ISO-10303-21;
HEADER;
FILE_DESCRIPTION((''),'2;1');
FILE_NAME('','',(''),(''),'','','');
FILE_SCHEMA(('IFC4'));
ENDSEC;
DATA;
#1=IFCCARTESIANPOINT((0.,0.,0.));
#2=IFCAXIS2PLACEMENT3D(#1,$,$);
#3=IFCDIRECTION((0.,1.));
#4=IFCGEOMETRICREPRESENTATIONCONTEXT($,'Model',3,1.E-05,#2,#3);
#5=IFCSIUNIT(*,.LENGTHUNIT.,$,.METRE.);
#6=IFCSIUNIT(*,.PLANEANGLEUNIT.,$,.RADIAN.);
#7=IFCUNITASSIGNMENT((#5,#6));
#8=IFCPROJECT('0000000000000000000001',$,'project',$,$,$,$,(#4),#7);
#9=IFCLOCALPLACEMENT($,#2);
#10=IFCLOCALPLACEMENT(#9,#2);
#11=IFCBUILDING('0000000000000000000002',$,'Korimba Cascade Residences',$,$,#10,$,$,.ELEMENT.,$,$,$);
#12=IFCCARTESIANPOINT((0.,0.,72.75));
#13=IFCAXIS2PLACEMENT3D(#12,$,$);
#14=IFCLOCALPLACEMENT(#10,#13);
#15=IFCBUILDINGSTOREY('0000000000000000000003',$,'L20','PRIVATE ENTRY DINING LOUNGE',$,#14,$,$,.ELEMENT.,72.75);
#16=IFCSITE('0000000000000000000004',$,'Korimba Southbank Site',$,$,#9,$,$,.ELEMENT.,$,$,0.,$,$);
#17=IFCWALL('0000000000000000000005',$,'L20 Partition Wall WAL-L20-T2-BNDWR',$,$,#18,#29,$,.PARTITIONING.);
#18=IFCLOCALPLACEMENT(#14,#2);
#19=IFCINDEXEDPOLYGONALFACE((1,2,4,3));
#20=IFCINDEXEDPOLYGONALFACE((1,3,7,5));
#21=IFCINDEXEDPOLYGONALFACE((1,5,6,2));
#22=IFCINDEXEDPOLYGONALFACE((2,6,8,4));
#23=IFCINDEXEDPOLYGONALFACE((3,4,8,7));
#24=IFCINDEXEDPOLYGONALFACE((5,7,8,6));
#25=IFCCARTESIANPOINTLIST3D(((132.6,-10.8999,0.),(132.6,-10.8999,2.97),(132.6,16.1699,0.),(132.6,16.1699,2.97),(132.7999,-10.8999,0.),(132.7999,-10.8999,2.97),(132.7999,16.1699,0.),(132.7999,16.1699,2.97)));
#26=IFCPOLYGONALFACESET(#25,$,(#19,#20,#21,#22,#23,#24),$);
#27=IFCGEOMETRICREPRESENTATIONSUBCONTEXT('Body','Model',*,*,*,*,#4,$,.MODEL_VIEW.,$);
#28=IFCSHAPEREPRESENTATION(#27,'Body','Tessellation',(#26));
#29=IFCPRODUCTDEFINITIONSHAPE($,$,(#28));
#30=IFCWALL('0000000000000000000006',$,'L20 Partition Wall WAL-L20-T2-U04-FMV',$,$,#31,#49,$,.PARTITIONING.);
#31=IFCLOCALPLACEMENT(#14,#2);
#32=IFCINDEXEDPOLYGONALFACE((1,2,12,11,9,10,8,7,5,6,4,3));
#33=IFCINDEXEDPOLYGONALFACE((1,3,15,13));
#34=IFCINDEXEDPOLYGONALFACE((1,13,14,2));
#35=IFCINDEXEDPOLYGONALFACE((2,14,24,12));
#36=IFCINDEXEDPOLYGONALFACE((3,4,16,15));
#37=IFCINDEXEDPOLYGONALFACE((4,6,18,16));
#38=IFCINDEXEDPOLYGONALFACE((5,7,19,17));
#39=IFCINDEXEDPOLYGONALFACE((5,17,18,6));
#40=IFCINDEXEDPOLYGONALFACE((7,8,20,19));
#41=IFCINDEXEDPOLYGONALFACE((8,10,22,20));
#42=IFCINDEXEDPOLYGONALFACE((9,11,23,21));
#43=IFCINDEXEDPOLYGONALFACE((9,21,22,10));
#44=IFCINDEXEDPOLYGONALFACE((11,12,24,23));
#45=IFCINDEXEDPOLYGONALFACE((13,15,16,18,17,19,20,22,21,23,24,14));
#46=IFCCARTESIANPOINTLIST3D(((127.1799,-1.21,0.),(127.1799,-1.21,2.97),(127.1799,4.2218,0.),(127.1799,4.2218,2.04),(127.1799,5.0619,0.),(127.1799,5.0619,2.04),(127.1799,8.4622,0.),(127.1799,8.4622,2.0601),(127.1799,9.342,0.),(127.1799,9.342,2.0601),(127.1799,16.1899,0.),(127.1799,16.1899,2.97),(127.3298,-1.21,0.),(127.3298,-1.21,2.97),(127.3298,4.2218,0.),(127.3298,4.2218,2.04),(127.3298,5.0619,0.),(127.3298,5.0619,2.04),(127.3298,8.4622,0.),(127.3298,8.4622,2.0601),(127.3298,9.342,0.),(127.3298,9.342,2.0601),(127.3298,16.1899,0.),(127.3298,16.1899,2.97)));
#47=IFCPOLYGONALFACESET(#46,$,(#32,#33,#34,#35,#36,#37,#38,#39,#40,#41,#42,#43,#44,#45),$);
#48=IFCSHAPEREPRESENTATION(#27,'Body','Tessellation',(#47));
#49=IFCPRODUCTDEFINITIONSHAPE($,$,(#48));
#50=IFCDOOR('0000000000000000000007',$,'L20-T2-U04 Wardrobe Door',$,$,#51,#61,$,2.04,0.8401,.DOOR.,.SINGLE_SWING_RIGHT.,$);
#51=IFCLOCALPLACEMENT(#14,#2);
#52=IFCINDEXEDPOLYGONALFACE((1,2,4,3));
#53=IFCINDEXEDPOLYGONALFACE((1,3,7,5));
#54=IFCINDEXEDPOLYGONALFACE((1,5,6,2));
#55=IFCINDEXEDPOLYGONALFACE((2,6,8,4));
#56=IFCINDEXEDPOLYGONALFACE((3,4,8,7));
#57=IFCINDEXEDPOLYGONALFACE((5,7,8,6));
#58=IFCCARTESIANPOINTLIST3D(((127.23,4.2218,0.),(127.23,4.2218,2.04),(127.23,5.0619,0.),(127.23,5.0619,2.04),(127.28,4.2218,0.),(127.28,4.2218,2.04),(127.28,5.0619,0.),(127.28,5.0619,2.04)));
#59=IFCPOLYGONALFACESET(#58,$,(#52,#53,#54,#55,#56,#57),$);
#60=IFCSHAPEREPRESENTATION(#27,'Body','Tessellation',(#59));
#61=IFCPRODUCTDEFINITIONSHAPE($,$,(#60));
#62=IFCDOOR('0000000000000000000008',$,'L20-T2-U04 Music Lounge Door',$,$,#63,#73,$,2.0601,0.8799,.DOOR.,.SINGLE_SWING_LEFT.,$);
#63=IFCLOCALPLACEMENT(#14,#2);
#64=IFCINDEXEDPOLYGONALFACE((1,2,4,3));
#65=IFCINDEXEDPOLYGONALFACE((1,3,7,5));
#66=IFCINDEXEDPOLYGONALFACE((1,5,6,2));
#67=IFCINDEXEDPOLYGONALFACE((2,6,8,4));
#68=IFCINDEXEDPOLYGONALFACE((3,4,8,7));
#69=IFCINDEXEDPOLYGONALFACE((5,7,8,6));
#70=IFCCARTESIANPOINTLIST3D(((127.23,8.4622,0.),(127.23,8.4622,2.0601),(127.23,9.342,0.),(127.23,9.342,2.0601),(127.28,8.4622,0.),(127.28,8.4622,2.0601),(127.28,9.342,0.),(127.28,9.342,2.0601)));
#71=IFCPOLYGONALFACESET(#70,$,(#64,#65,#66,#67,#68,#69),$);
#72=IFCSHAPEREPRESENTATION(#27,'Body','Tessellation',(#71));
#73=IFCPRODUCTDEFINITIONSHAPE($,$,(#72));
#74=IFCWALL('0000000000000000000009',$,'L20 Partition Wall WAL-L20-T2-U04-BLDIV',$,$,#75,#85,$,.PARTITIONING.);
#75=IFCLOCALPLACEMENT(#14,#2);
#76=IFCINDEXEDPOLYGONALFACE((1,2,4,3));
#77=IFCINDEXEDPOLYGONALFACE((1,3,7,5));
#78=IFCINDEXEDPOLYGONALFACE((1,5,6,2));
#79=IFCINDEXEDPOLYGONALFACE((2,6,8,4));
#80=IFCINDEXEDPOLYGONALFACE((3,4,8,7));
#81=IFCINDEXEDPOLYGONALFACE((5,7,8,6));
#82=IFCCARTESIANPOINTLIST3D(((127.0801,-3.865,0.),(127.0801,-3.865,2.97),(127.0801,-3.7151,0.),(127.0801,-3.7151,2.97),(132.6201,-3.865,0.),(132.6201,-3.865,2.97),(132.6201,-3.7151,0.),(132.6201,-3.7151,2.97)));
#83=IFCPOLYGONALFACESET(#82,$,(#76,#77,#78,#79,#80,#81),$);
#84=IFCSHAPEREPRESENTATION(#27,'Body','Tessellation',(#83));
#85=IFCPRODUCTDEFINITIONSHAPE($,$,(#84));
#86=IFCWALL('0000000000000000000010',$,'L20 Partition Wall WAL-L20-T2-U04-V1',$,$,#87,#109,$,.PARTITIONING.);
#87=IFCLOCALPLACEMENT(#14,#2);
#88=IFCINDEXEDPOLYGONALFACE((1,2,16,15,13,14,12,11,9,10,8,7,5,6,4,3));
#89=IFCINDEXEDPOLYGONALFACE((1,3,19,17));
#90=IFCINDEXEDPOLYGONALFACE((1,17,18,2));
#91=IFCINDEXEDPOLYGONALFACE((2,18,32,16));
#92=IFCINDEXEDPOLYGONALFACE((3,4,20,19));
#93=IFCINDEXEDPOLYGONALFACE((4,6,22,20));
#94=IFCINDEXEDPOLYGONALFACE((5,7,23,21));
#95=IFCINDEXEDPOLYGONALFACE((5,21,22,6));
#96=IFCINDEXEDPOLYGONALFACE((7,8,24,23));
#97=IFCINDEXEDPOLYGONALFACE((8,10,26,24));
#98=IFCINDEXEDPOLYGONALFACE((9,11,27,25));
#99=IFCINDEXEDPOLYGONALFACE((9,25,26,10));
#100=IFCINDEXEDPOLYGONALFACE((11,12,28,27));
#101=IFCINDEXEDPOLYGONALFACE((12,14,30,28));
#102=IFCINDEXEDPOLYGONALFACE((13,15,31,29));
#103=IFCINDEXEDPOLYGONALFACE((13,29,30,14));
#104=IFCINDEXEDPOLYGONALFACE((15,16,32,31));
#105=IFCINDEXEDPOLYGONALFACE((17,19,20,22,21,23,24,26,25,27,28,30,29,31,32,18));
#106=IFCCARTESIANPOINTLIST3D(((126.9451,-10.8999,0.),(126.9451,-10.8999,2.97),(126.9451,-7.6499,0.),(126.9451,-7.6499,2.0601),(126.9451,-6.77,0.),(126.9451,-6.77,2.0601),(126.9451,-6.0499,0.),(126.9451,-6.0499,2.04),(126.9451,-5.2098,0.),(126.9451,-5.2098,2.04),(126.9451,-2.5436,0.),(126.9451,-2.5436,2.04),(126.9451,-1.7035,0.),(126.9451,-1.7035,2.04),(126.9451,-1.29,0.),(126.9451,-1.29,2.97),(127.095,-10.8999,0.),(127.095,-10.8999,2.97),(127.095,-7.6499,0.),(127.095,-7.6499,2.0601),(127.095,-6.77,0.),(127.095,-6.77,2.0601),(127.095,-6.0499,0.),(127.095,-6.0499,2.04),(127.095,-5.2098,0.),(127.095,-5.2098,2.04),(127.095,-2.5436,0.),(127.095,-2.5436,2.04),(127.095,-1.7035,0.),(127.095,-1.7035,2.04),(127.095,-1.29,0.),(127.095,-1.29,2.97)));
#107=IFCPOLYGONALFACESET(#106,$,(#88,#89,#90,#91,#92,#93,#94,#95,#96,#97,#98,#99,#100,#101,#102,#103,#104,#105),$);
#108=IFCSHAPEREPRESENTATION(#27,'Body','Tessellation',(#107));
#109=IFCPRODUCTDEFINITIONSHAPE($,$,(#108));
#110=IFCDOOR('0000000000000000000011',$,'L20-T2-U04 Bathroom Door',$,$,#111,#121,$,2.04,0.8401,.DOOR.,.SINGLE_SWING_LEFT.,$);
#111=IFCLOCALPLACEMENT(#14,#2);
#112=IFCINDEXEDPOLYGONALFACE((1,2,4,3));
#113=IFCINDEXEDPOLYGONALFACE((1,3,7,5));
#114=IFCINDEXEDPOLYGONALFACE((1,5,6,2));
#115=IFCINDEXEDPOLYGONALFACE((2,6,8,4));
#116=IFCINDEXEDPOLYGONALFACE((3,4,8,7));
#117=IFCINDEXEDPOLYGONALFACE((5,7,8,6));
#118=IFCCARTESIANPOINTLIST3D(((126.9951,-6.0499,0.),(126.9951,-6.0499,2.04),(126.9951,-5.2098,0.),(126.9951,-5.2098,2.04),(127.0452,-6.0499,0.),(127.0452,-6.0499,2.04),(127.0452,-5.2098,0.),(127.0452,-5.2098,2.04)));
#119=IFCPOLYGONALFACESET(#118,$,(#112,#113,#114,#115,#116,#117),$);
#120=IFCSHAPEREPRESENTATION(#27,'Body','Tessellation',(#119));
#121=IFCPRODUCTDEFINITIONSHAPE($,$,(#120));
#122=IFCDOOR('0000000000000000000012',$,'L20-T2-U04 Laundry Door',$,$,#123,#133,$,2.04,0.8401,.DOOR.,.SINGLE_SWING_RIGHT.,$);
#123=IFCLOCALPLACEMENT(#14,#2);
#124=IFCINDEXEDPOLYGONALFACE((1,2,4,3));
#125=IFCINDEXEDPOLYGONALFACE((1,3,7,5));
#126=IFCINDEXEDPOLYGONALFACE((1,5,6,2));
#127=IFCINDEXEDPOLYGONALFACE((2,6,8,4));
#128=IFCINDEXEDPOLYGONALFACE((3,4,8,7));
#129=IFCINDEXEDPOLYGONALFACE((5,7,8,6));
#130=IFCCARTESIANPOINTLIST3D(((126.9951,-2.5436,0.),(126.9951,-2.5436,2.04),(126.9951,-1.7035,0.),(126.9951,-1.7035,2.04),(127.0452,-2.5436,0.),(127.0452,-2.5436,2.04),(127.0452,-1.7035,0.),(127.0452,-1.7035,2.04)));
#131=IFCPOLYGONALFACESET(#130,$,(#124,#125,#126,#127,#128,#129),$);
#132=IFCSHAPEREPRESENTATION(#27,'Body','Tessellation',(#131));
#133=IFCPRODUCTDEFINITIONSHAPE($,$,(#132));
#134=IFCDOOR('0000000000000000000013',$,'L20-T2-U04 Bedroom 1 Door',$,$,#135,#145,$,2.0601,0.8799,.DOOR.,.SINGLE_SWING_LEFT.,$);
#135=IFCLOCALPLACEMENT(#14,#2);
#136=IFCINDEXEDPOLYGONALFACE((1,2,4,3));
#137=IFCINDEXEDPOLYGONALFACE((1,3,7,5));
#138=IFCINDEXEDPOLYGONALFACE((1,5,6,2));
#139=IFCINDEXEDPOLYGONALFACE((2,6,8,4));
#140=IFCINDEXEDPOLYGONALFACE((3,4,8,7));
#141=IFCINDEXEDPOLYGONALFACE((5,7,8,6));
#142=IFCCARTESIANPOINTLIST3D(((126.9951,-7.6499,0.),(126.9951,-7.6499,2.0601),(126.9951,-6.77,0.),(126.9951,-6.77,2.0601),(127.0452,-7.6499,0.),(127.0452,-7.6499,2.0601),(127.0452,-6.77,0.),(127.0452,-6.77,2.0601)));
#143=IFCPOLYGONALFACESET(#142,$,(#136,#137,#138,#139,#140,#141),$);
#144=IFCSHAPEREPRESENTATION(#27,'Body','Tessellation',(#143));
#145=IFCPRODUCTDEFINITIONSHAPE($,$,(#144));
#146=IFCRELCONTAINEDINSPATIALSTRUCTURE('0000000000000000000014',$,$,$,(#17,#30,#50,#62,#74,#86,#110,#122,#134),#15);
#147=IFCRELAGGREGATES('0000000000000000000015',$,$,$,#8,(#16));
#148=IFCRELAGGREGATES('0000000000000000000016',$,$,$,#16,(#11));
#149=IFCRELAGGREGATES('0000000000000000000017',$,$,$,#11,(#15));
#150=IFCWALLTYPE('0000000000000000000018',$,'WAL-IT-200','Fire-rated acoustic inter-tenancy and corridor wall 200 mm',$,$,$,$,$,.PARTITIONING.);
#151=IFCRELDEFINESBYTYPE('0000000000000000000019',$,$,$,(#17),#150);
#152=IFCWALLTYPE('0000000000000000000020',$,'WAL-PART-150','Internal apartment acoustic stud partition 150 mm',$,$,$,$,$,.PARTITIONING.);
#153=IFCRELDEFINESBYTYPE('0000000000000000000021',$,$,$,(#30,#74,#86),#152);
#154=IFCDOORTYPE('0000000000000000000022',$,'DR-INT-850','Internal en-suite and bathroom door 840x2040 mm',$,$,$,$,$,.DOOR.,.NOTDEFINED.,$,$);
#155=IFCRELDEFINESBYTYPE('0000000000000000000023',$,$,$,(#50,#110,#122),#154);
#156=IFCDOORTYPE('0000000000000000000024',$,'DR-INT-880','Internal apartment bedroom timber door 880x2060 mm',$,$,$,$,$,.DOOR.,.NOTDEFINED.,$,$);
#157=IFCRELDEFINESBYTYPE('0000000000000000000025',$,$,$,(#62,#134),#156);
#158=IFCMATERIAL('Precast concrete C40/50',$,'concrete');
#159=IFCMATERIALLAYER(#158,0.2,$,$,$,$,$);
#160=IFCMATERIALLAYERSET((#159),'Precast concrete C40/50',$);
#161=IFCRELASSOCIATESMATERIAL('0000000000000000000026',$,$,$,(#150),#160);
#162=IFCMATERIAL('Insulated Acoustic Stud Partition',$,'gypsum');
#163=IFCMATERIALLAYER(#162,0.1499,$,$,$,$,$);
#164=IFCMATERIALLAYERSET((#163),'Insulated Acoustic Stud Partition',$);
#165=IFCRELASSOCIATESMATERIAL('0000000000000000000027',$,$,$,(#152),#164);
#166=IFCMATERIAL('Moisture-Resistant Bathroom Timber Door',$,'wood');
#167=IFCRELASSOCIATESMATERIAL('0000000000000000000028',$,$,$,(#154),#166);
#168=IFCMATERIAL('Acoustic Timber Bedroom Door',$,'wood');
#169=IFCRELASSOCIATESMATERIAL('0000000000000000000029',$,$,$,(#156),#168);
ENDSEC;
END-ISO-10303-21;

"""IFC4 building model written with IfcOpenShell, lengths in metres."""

from ifc_helpers import new_model, si_unit, direction, frame, frame_2d, origin, place, context, subcontext, project, spatial, rectangle, extrude, material, layer, layer_set, type_object, element, fill, save


model = new_model("IFC4")

# Units and contexts
model_context = context("Model", 3, precision=1e-05, world=origin(), true_north=direction((0.0, 1.0)))
body_context = subcontext(model_context, "Body", "Model", "MODEL_VIEW")
ifc_project = project(units=[si_unit("LENGTHUNIT", "METRE"), si_unit("PLANEANGLEUNIT", "RADIAN")], contexts=[model_context])

# Site, building, storey
site_placement = place(None, origin())
site = spatial("IfcSite", under=ifc_project, at=site_placement, Name="Korimba Southbank Site", CompositionType="ELEMENT", RefElevation=0.0)
building_placement = place(site_placement, origin())
building = spatial("IfcBuilding", under=site, at=building_placement, Name="Korimba Cascade Residences", CompositionType="ELEMENT")
storey_placement = place(building_placement, frame((0.0, 0.0, 72.75)))
storey = spatial("IfcBuildingStorey", under=building, at=storey_placement, Name="L20", Description="PRIVATE ENTRY DINING LOUNGE", CompositionType="ELEMENT", Elevation=72.75)

# Shared definitions
ifc_material_1 = material(Name="Precast concrete C40/50", Category="concrete")

# Wall
ifc_layer_1 = layer(ifc_material_1, 0.2)
ifc_layer_set_1 = layer_set([ifc_layer_1], Name="Precast concrete C40/50")
wall_type_1 = type_object("IfcWallType", Name="WAL-IT-200", Description="Fire-rated acoustic inter-tenancy and corridor wall 200 mm", PredefinedType="PARTITIONING", material=ifc_layer_set_1)
wall_1_placement = place(storey_placement, frame((132.7, -10.8999, 0.0), z_axis=(0.0, 0.0, 1.0), x_axis=(0.0, 1.0, 0.0)))
element("IfcWall", 1, at=wall_1_placement, inside=storey, type_object=wall_type_1, Name="L20 Partition Wall WAL-L20-T2-BNDWR", PredefinedType="PARTITIONING", context=body_context, shape_type="SweptSolid", body=[
    extrude(rectangle(XDim=27.0698, YDim=0.2, at=frame_2d((13.5349, 0.0))), origin(), (0.0, 0.0, 1.0), 2.97),
])

# Wall, openings, doors
ifc_material_2 = material(Name="Insulated Acoustic Stud Partition", Category="gypsum")
ifc_layer_2 = layer(ifc_material_2, 0.1499)
ifc_layer_set_2 = layer_set([ifc_layer_2], Name="Insulated Acoustic Stud Partition")
wall_type_2 = type_object("IfcWallType", Name="WAL-PART-150", Description="Internal apartment acoustic stud partition 150 mm", PredefinedType="PARTITIONING", material=ifc_layer_set_2)
wall_2_placement = place(storey_placement, frame((127.2549, -1.21, 0.0), z_axis=(0.0, 0.0, 1.0), x_axis=(0.0, 1.0, 0.0)))
wall_2 = element("IfcWall", 2, at=wall_2_placement, inside=storey, type_object=wall_type_2, Name="L20 Partition Wall WAL-L20-T2-U04-FMV", PredefinedType="PARTITIONING", context=body_context, shape_type="SweptSolid", body=[
    extrude(rectangle(XDim=17.3999, YDim=0.1499, at=frame_2d((8.7, 0.0))), origin(), (0.0, 0.0, 1.0), 2.97),
])
opening_1_placement = place(wall_2_placement, frame((5.4319, 0.0, 0.0)))
opening_1 = element("IfcOpeningElement", 3, at=opening_1_placement, cuts=wall_2, PredefinedType="OPENING", context=body_context, shape_type="SweptSolid", body=[
    extrude(rectangle(XDim=0.8401, YDim=2.04, at=frame_2d((0.4199, 1.02))), frame((0.0, 0.085, 0.0), z_axis=(0.0, -1.0, 0.0), x_axis=(1.0, 0.0, 0.0)), (0.0, 0.0, 1.0), 0.1699),
])
opening_2_placement = place(wall_2_placement, frame((9.6721, 0.0, 0.0)))
opening_2 = element("IfcOpeningElement", 4, at=opening_2_placement, cuts=wall_2, PredefinedType="OPENING", context=body_context, shape_type="SweptSolid", body=[
    extrude(rectangle(XDim=0.8799, YDim=2.0601, at=frame_2d((0.4399, 1.03))), frame((0.0, 0.085, 0.0), z_axis=(0.0, -1.0, 0.0), x_axis=(1.0, 0.0, 0.0)), (0.0, 0.0, 1.0), 0.1699),
])
ifc_material_3 = material(Name="Moisture-Resistant Bathroom Timber Door", Category="wood")
door_type_1 = type_object("IfcDoorType", Name="DR-INT-850", Description="Internal en-suite and bathroom door 840x2040 mm", OperationType="NOTDEFINED", PredefinedType="DOOR", material=ifc_material_3)
door_1_placement = place(opening_1_placement, origin())
door_1 = element("IfcDoor", 5, at=door_1_placement, inside=storey, type_object=door_type_1, Name="L20-T2-U04 Wardrobe Door", OperationType="SINGLE_SWING_RIGHT", OverallHeight=2.04, OverallWidth=0.8401, PredefinedType="DOOR", context=body_context, shape_type="SweptSolid", body=[
    extrude(rectangle(XDim=0.8401, YDim=2.04, at=frame_2d((0.4199, 1.02))), frame((0.0, 0.0249, 0.0), z_axis=(0.0, -1.0, 0.0), x_axis=(1.0, 0.0, 0.0)), (0.0, 0.0, 1.0), 0.05),
])
fill(opening_1, door_1)
ifc_material_4 = material(Name="Acoustic Timber Bedroom Door", Category="wood")
door_type_2 = type_object("IfcDoorType", Name="DR-INT-880", Description="Internal apartment bedroom timber door 880x2060 mm", OperationType="NOTDEFINED", PredefinedType="DOOR", material=ifc_material_4)
door_2_placement = place(opening_2_placement, origin())
door_2 = element("IfcDoor", 6, at=door_2_placement, inside=storey, type_object=door_type_2, Name="L20-T2-U04 Music Lounge Door", OperationType="SINGLE_SWING_LEFT", OverallHeight=2.0601, OverallWidth=0.8799, PredefinedType="DOOR", context=body_context, shape_type="SweptSolid", body=[
    extrude(rectangle(XDim=0.8799, YDim=2.0601, at=frame_2d((0.4399, 1.03))), frame((0.0, 0.0249, 0.0), z_axis=(0.0, -1.0, 0.0), x_axis=(1.0, 0.0, 0.0)), (0.0, 0.0, 1.0), 0.05),
])
fill(opening_2, door_2)

# Wall
wall_3_placement = place(storey_placement, frame((127.0801, -3.79, 0.0), z_axis=(0.0, 0.0, 1.0), x_axis=(1.0, 0.0, 0.0)))
element("IfcWall", 7, at=wall_3_placement, inside=storey, type_object=wall_type_2, Name="L20 Partition Wall WAL-L20-T2-U04-BLDIV", PredefinedType="PARTITIONING", context=body_context, shape_type="SweptSolid", body=[
    extrude(rectangle(XDim=5.54, YDim=0.1499, at=frame_2d((2.77, 0.0))), origin(), (0.0, 0.0, 1.0), 2.97),
])

# Wall, openings, doors
wall_4_placement = place(storey_placement, frame((127.02, -10.8999, 0.0), z_axis=(0.0, 0.0, 1.0), x_axis=(0.0, 1.0, 0.0)))
wall_4 = element("IfcWall", 8, at=wall_4_placement, inside=storey, type_object=wall_type_2, Name="L20 Partition Wall WAL-L20-T2-U04-V1", PredefinedType="PARTITIONING", context=body_context, shape_type="SweptSolid", body=[
    extrude(rectangle(XDim=9.6099, YDim=0.1499, at=frame_2d((4.8049, 0.0))), origin(), (0.0, 0.0, 1.0), 2.97),
])
opening_3_placement = place(wall_4_placement, frame((4.8501, 0.0, 0.0)))
opening_3 = element("IfcOpeningElement", 9, at=opening_3_placement, cuts=wall_4, PredefinedType="OPENING", context=body_context, shape_type="SweptSolid", body=[
    extrude(rectangle(XDim=0.8401, YDim=2.04, at=frame_2d((0.4199, 1.02))), frame((0.0, 0.085, 0.0), z_axis=(0.0, -1.0, 0.0), x_axis=(1.0, 0.0, 0.0)), (0.0, 0.0, 1.0), 0.1699),
])
opening_4_placement = place(wall_4_placement, frame((8.3564, 0.0, 0.0)))
opening_4 = element("IfcOpeningElement", 10, at=opening_4_placement, cuts=wall_4, PredefinedType="OPENING", context=body_context, shape_type="SweptSolid", body=[
    extrude(rectangle(XDim=0.8401, YDim=2.04, at=frame_2d((0.4199, 1.02))), frame((0.0, 0.085, 0.0), z_axis=(0.0, -1.0, 0.0), x_axis=(1.0, 0.0, 0.0)), (0.0, 0.0, 1.0), 0.1699),
])
opening_5_placement = place(wall_4_placement, frame((3.25, 0.0, 0.0)))
opening_5 = element("IfcOpeningElement", 11, at=opening_5_placement, cuts=wall_4, PredefinedType="OPENING", context=body_context, shape_type="SweptSolid", body=[
    extrude(rectangle(XDim=0.8799, YDim=2.0601, at=frame_2d((0.4399, 1.03))), frame((0.0, 0.085, 0.0), z_axis=(0.0, -1.0, 0.0), x_axis=(1.0, 0.0, 0.0)), (0.0, 0.0, 1.0), 0.1699),
])
door_3_placement = place(opening_3_placement, origin())
door_3 = element("IfcDoor", 12, at=door_3_placement, inside=storey, type_object=door_type_1, Name="L20-T2-U04 Bathroom Door", OperationType="SINGLE_SWING_LEFT", OverallHeight=2.04, OverallWidth=0.8401, PredefinedType="DOOR", context=body_context, shape_type="SweptSolid", body=[
    extrude(rectangle(XDim=0.8401, YDim=2.04, at=frame_2d((0.4199, 1.02))), frame((0.0, 0.0249, 0.0), z_axis=(0.0, -1.0, 0.0), x_axis=(1.0, 0.0, 0.0)), (0.0, 0.0, 1.0), 0.05),
])
fill(opening_3, door_3)
door_4_placement = place(opening_4_placement, origin())
door_4 = element("IfcDoor", 13, at=door_4_placement, inside=storey, type_object=door_type_1, Name="L20-T2-U04 Laundry Door", OperationType="SINGLE_SWING_RIGHT", OverallHeight=2.04, OverallWidth=0.8401, PredefinedType="DOOR", context=body_context, shape_type="SweptSolid", body=[
    extrude(rectangle(XDim=0.8401, YDim=2.04, at=frame_2d((0.4199, 1.02))), frame((0.0, 0.0249, 0.0), z_axis=(0.0, -1.0, 0.0), x_axis=(1.0, 0.0, 0.0)), (0.0, 0.0, 1.0), 0.05),
])
fill(opening_4, door_4)
door_5_placement = place(opening_5_placement, origin())
door_5 = element("IfcDoor", 14, at=door_5_placement, inside=storey, type_object=door_type_2, Name="L20-T2-U04 Bedroom 1 Door", OperationType="SINGLE_SWING_LEFT", OverallHeight=2.0601, OverallWidth=0.8799, PredefinedType="DOOR", context=body_context, shape_type="SweptSolid", body=[
    extrude(rectangle(XDim=0.8799, YDim=2.0601, at=frame_2d((0.4399, 1.03))), frame((0.0, 0.0249, 0.0), z_axis=(0.0, -1.0, 0.0), x_axis=(1.0, 0.0, 0.0)), (0.0, 0.0, 1.0), 0.05),
])
fill(opening_5, door_5)

save(model, "model.ifc")
